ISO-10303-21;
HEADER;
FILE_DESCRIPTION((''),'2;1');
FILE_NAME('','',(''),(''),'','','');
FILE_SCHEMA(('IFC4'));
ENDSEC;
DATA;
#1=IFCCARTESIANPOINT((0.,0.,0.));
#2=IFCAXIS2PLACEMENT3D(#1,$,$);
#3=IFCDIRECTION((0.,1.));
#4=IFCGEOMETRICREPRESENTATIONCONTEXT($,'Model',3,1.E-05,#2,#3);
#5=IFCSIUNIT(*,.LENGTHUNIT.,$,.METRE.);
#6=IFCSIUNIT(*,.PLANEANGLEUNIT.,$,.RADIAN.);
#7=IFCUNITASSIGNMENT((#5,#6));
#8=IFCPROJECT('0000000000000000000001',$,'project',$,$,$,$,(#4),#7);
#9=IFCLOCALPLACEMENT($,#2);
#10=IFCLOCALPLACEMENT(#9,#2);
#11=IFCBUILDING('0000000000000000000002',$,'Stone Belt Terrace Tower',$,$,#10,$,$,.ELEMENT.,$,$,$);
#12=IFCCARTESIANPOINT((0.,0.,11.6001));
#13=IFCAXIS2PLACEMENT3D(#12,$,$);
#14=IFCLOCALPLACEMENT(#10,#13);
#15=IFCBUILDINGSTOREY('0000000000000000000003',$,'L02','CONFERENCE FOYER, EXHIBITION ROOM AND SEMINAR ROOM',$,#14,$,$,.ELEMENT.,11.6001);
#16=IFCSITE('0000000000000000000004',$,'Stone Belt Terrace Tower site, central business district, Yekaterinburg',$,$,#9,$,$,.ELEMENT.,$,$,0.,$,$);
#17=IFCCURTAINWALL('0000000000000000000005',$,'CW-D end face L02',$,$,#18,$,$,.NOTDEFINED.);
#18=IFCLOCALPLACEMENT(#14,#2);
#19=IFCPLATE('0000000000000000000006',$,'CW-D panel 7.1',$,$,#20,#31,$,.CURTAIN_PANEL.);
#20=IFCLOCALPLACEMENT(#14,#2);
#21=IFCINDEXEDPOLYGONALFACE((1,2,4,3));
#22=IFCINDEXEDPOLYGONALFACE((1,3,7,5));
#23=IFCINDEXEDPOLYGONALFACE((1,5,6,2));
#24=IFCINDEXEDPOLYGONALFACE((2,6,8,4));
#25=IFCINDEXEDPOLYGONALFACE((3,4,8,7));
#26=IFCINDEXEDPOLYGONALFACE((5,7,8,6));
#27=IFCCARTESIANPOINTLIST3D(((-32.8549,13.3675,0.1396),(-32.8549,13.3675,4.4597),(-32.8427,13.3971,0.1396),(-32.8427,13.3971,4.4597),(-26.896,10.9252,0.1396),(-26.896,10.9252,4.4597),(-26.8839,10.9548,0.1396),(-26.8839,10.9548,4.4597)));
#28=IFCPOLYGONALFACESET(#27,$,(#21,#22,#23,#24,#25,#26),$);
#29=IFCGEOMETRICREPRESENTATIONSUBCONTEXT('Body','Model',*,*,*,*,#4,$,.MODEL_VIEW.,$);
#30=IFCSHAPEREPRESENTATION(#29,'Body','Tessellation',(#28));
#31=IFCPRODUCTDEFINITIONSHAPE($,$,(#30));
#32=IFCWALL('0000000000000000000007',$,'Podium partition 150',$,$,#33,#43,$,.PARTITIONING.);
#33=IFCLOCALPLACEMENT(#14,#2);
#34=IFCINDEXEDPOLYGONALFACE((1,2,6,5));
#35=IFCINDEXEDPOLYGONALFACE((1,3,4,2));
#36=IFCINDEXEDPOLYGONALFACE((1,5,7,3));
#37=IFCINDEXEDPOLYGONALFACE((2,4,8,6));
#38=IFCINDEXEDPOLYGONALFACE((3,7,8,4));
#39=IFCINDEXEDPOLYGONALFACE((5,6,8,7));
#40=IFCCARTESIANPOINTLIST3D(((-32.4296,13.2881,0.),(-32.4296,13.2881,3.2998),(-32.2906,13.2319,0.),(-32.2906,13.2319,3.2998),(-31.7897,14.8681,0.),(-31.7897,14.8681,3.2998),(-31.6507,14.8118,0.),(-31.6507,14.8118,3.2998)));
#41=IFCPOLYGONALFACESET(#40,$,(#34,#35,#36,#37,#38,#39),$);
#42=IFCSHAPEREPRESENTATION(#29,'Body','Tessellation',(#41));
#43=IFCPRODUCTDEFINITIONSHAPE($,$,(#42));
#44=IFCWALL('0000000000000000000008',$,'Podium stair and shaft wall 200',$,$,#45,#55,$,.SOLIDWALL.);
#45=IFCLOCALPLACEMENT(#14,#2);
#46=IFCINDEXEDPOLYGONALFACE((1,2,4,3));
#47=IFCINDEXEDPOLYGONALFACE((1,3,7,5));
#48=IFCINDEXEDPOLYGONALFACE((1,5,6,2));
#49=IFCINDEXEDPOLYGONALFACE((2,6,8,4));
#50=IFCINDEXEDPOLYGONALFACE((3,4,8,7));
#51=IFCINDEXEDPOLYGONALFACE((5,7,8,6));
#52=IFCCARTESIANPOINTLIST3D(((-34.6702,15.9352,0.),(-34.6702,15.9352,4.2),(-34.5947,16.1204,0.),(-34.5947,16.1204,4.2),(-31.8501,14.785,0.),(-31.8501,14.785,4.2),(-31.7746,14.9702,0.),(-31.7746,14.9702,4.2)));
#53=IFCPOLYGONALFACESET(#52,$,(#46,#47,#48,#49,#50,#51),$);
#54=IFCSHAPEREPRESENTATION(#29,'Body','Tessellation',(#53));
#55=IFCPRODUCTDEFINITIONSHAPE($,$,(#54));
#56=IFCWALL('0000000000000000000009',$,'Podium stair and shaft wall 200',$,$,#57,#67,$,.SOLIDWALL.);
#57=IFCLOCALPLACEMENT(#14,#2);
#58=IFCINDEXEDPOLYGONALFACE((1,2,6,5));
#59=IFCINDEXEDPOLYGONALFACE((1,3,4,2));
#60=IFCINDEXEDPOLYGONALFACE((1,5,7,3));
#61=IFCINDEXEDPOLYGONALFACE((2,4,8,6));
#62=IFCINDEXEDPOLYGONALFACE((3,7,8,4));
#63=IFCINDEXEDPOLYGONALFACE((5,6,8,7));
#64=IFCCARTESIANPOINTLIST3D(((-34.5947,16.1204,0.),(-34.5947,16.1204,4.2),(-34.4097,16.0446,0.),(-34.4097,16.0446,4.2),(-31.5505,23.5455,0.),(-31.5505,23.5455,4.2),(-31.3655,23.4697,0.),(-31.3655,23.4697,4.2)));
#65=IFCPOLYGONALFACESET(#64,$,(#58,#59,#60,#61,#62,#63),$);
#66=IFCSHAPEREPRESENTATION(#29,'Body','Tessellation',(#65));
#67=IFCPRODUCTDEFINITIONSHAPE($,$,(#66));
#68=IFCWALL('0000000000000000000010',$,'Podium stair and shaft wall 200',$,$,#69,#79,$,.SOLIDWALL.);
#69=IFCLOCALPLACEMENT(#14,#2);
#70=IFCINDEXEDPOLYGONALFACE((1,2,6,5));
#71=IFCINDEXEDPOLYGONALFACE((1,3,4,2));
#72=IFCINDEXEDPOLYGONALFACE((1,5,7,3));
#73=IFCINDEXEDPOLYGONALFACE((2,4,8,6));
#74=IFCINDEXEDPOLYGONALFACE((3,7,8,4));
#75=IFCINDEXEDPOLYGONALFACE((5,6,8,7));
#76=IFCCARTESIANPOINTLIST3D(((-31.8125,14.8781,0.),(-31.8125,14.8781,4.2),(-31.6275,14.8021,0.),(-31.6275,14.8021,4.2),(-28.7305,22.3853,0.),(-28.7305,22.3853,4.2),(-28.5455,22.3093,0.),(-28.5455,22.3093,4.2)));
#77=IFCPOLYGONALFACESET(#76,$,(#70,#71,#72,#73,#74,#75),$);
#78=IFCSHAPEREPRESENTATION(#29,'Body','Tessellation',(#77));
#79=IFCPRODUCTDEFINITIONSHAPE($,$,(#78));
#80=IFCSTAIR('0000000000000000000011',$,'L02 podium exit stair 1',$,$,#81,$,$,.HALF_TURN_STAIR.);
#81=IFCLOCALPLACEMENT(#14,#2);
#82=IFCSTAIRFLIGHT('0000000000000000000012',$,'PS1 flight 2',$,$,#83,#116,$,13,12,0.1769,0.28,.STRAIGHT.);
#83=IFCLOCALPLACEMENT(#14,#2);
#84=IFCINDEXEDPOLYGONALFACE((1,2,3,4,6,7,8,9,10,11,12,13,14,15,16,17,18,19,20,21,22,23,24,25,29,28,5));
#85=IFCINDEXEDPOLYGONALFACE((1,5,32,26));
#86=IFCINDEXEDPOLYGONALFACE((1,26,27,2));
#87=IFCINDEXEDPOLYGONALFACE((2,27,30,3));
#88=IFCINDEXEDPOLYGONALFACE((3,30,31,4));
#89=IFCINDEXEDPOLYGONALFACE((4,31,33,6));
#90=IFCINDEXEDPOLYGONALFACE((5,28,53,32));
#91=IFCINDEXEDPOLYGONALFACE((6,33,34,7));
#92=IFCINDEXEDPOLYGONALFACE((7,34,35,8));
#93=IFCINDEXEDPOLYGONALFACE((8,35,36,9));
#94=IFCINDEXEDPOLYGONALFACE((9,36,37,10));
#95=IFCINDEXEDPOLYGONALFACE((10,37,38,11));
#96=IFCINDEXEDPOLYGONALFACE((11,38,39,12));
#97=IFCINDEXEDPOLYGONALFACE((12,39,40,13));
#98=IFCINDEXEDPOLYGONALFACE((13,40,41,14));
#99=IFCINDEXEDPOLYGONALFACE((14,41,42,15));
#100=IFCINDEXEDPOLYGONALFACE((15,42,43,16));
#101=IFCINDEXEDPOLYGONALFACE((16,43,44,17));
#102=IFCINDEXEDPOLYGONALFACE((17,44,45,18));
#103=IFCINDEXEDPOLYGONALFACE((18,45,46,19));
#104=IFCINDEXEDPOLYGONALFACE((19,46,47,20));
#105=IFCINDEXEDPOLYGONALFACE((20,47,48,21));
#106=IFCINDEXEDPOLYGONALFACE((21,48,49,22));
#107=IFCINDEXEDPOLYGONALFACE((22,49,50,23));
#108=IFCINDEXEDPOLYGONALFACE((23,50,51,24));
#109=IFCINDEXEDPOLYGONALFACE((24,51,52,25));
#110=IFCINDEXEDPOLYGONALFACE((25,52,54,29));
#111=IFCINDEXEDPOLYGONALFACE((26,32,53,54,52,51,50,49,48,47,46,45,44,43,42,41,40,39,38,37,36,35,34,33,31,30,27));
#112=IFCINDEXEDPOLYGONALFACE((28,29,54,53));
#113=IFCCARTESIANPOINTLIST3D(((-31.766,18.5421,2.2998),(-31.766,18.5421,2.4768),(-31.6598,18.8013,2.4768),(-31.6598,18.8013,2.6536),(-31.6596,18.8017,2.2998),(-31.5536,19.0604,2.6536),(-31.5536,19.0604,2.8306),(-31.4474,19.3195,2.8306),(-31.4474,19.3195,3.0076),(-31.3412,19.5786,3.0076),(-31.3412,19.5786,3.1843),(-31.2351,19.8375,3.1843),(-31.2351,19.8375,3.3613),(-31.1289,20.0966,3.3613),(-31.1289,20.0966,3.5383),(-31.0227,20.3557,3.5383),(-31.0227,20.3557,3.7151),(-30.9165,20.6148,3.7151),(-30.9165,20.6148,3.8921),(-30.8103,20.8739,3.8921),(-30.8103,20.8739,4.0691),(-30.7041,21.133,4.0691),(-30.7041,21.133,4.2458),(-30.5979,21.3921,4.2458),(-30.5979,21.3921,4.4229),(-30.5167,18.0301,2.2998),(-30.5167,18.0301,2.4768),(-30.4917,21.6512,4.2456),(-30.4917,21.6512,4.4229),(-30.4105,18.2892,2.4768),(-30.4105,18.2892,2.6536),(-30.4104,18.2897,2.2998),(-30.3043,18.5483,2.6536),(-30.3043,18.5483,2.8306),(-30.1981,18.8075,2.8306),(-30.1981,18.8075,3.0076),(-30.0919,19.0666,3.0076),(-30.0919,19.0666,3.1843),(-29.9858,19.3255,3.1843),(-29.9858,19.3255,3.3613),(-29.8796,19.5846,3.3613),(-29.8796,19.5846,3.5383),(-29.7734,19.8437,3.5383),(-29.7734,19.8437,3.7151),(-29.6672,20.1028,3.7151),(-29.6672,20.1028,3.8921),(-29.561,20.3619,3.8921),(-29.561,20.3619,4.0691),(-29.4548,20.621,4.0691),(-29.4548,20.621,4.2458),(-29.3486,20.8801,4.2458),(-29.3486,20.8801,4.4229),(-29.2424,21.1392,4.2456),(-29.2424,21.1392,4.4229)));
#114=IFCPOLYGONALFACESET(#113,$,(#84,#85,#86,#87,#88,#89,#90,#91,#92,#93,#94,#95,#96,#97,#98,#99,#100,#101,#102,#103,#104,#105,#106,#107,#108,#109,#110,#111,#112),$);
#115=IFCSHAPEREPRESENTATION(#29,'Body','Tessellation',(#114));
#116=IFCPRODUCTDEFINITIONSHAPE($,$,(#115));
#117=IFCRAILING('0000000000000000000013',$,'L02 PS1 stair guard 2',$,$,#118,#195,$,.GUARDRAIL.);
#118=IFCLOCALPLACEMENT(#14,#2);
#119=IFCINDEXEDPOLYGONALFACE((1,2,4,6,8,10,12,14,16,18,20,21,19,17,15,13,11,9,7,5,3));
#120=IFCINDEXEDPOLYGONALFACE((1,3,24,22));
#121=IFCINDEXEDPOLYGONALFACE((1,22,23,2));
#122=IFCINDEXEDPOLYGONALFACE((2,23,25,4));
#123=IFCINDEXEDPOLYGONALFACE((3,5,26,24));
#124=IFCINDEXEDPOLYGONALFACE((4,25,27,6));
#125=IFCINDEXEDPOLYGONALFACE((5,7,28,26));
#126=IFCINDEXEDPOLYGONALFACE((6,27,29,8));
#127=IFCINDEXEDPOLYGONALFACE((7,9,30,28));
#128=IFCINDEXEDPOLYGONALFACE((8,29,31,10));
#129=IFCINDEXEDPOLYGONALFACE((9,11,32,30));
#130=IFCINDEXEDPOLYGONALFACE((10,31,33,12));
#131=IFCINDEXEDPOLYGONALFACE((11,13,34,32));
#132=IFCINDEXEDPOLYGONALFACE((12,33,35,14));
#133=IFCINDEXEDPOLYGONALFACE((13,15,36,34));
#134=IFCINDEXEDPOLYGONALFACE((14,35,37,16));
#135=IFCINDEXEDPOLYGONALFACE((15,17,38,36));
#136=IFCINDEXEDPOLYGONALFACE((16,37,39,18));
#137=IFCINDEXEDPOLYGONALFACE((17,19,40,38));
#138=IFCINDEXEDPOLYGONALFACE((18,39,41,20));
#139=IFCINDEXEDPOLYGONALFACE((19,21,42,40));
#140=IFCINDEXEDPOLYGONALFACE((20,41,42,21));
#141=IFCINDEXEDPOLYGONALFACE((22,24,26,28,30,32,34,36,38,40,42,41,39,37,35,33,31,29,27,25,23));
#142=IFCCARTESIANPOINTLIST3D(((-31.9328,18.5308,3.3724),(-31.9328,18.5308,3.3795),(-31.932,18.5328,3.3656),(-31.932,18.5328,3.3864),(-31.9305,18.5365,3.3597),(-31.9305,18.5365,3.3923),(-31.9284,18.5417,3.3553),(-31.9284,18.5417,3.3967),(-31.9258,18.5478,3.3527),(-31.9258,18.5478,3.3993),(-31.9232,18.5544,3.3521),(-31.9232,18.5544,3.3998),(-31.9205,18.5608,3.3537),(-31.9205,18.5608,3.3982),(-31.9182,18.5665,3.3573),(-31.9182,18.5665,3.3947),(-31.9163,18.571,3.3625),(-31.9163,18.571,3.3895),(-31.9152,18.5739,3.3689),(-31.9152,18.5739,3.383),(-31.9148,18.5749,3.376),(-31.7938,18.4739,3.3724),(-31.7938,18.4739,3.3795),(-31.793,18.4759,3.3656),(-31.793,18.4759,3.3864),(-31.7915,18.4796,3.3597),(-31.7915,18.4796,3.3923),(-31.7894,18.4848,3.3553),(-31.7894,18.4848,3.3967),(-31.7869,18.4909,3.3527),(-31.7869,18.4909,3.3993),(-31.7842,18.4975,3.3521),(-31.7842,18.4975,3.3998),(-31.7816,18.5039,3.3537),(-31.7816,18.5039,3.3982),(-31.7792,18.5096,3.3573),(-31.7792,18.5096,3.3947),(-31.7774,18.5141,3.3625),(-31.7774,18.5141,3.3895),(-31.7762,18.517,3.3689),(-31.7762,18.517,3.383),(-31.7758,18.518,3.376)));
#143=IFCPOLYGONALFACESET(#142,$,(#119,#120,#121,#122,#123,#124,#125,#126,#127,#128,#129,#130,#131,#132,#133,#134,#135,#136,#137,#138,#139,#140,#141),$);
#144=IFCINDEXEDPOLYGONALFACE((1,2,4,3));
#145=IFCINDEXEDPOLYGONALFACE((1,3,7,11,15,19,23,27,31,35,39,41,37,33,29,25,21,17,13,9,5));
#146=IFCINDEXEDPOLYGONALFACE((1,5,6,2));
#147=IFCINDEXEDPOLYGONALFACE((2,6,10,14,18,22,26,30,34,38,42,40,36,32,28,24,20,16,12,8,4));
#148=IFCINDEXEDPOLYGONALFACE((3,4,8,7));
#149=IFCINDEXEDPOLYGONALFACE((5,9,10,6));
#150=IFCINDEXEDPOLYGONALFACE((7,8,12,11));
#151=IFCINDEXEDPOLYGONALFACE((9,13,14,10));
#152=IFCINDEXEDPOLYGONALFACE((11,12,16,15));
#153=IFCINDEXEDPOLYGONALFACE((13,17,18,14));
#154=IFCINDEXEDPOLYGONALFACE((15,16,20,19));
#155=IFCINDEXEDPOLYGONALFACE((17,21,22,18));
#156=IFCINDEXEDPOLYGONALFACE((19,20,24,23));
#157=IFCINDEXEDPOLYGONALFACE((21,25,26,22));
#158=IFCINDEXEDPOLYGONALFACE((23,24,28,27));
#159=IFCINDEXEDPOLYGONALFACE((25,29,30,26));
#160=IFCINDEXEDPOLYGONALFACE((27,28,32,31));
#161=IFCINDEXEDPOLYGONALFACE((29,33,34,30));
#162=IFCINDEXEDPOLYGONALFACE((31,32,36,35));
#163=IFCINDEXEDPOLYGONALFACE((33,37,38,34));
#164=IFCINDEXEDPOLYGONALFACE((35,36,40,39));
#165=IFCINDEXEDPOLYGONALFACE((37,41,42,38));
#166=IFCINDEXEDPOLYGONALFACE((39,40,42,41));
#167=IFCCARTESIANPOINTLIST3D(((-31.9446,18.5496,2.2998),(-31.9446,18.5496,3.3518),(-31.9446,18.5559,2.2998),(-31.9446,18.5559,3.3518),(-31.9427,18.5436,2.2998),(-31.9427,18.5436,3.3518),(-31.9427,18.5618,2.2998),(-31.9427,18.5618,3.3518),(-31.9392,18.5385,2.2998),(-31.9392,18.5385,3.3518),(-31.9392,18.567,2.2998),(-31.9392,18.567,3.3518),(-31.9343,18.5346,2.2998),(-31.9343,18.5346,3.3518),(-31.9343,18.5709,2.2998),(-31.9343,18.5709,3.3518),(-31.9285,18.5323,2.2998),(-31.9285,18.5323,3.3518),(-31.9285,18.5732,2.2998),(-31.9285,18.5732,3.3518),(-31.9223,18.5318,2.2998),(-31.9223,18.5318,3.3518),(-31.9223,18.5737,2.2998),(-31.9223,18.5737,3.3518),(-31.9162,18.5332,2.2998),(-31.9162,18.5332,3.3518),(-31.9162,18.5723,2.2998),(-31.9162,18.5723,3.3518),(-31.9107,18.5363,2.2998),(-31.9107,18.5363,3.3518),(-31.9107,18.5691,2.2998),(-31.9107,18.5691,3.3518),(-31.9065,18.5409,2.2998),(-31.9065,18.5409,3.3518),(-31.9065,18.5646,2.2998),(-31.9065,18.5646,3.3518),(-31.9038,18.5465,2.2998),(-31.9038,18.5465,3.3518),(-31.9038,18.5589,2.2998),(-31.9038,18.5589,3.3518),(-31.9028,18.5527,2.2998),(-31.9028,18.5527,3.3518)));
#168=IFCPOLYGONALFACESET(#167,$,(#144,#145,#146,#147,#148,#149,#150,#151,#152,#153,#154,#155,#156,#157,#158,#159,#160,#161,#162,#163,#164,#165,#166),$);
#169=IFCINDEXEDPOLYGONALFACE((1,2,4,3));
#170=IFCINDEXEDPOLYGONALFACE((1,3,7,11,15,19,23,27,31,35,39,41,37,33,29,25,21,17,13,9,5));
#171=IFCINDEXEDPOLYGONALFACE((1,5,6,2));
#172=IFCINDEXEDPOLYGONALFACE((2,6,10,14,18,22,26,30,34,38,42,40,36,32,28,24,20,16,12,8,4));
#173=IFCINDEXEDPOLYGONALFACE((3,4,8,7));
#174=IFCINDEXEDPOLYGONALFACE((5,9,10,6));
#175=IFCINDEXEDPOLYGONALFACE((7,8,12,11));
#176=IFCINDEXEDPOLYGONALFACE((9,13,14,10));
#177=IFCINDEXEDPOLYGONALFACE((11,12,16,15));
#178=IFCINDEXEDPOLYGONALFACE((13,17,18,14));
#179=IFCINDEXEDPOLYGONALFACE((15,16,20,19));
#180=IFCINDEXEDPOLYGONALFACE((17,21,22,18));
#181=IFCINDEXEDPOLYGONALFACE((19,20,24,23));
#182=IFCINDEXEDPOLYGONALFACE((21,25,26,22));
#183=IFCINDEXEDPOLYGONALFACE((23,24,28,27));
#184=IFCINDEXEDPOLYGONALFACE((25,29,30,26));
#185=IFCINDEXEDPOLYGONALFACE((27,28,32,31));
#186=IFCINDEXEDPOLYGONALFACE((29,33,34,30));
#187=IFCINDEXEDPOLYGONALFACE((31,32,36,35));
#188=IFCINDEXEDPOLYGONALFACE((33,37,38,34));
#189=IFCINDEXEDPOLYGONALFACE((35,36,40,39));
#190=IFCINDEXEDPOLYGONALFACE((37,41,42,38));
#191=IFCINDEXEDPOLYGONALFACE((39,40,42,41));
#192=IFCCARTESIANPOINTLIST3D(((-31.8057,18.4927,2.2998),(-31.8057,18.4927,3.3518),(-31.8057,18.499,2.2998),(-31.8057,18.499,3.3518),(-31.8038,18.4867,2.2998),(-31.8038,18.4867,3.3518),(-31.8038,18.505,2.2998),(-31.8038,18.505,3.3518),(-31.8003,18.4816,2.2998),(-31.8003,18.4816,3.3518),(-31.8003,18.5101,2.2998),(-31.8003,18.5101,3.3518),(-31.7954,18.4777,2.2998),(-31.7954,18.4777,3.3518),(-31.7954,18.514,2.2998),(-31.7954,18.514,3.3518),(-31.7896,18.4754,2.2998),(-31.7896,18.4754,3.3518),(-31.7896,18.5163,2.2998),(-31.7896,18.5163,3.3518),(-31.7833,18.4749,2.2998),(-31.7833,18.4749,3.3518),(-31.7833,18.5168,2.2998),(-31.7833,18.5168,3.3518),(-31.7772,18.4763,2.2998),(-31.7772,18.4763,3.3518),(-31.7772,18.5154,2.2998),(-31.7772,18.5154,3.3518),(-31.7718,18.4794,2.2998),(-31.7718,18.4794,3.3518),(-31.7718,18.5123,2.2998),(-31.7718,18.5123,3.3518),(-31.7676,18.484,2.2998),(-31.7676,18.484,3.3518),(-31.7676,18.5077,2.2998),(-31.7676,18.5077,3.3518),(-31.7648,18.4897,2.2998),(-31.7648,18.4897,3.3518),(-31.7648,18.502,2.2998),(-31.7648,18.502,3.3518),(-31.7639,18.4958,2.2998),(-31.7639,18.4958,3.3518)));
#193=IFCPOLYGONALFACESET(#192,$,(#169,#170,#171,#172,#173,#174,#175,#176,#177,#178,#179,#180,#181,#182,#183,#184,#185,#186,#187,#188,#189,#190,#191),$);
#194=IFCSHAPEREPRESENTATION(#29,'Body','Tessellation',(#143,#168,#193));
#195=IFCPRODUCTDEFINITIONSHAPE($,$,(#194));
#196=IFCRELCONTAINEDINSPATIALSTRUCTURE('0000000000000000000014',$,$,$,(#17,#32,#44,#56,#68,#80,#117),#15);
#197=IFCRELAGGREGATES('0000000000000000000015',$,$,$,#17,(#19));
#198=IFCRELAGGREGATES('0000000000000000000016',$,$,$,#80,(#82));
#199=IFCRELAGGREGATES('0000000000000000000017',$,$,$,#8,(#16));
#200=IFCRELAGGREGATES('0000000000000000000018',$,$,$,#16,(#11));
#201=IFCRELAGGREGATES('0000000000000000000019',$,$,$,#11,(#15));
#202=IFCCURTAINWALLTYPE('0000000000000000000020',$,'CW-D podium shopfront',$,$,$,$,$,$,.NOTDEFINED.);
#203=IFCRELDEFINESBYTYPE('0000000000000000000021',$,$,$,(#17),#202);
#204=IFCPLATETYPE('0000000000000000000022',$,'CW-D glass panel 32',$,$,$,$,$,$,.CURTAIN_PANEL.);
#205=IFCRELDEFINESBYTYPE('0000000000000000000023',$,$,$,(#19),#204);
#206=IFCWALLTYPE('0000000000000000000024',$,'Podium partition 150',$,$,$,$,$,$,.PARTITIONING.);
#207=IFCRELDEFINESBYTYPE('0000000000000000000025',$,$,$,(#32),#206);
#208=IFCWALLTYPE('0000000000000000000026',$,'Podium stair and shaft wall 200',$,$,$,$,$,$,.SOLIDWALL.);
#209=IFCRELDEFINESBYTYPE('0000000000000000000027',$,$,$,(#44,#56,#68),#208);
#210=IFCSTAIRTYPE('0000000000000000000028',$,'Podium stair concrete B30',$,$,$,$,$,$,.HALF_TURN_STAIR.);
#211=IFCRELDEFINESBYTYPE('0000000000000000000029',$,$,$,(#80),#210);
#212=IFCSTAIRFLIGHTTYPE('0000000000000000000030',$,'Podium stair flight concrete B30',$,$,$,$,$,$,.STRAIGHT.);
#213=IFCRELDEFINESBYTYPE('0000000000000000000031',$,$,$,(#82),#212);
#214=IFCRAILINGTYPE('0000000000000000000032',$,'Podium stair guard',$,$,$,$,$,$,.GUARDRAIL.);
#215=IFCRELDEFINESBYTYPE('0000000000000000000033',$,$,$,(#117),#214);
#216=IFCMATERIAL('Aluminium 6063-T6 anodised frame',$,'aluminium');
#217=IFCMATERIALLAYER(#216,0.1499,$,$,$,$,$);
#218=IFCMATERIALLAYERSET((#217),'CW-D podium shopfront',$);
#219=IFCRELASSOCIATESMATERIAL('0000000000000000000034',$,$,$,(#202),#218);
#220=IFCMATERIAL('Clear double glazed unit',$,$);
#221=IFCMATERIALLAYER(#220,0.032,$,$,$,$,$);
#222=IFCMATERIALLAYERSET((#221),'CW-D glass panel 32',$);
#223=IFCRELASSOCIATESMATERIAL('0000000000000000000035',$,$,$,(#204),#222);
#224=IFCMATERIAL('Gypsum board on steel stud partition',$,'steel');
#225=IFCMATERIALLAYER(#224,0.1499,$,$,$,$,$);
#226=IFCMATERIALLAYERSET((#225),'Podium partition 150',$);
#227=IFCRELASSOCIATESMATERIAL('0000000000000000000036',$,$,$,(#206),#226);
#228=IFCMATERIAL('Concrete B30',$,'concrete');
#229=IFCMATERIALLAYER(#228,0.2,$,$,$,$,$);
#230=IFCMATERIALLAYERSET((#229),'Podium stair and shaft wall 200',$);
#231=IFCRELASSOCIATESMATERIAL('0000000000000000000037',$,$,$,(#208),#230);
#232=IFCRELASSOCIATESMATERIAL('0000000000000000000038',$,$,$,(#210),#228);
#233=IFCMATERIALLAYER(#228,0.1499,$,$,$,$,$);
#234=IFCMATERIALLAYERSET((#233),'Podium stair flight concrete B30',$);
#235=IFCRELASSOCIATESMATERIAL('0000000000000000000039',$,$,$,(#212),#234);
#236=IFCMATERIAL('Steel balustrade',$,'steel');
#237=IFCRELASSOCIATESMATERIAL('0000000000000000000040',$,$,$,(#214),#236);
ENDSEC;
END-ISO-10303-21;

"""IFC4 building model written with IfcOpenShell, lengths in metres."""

from ifc_helpers import new_model, si_unit, direction, frame, frame_2d, origin, origin_2d, place, context, subcontext, project, spatial, polyline, rectangle, circle, outline, extrude, material, layer, layer_set, type_object, element, aggregate, save


model = new_model("IFC4")

# Units and contexts
model_context = context("Model", 3, precision=1e-05, world=origin(), true_north=direction((0.0, 1.0)))
body_context = subcontext(model_context, "Body", "Model", "MODEL_VIEW")
ifc_project = project(units=[si_unit("LENGTHUNIT", "METRE"), si_unit("PLANEANGLEUNIT", "RADIAN")], contexts=[model_context])

# Site, building, storey
site_placement = place(None, origin())
site = spatial("IfcSite", under=ifc_project, at=site_placement, Name="Stone Belt Terrace Tower site, central business district, Yekaterinburg", CompositionType="ELEMENT", RefElevation=0.0)
building_placement = place(site_placement, origin())
building = spatial("IfcBuilding", under=site, at=building_placement, Name="Stone Belt Terrace Tower", CompositionType="ELEMENT")
storey_placement = place(building_placement, frame((0.0, 0.0, 11.6001)))
storey = spatial("IfcBuildingStorey", under=building, at=storey_placement, Name="L02", Description="CONFERENCE FOYER, EXHIBITION ROOM AND SEMINAR ROOM", CompositionType="ELEMENT", Elevation=11.6001)

# Curtain wall
ifc_material_1 = material(Name="Aluminium 6063-T6 anodised frame", Category="aluminium")
ifc_layer_1 = layer(ifc_material_1, 0.1499)
ifc_layer_set_1 = layer_set([ifc_layer_1], Name="CW-D podium shopfront")
curtain_wall_type = type_object("IfcCurtainWallType", Name="CW-D podium shopfront", PredefinedType="NOTDEFINED", material=ifc_layer_set_1)
curtain_wall_placement = place(storey_placement, origin())
curtain_wall = element("IfcCurtainWall", 1, at=curtain_wall_placement, inside=storey, type_object=curtain_wall_type, Name="CW-D end face L02", PredefinedType="NOTDEFINED")

# Plate
ifc_material_2 = material(Name="Clear double glazed unit")
ifc_layer_2 = layer(ifc_material_2, 0.032)
ifc_layer_set_2 = layer_set([ifc_layer_2], Name="CW-D glass panel 32")
plate_type = type_object("IfcPlateType", Name="CW-D glass panel 32", PredefinedType="CURTAIN_PANEL", material=ifc_layer_set_2)
plate_1_placement = place(storey_placement, frame((-29.8694, 12.1611, 0.1396), z_axis=(0.0, 0.0, 1.0), x_axis=(0.925297, -0.379243, 0.0)))
plate_1 = element("IfcPlate", 2, at=plate_1_placement, type_object=plate_type, Name="CW-D panel 7.1", PredefinedType="CURTAIN_PANEL", context=body_context, shape_type="SweptSolid", body=[
    extrude(rectangle(XDim=6.4399, YDim=0.032, at=origin_2d()), origin(), (0.0, 0.0, 1.0), 4.3201),
])
aggregate(curtain_wall, [plate_1])

# Walls
ifc_material_3 = material(Name="Gypsum board on steel stud partition", Category="steel")
ifc_layer_3 = layer(ifc_material_3, 0.1499)
ifc_layer_set_3 = layer_set([ifc_layer_3], Name="Podium partition 150")
wall_type_1 = type_object("IfcWallType", Name="Podium partition 150", PredefinedType="PARTITIONING", material=ifc_layer_set_3)
wall_1_placement = place(storey_placement, frame((-32.3601, 13.26, 0.0), z_axis=(0.0, 0.0, 1.0), x_axis=(0.375413, 0.926858, 0.0)))
element("IfcWall", 3, at=wall_1_placement, inside=storey, type_object=wall_type_1, Name="Podium partition 150", PredefinedType="PARTITIONING", context=body_context, shape_type="SweptSolid", body=[
    extrude(rectangle(XDim=1.7046, YDim=0.1499, at=frame_2d((0.8523, 0.0))), origin(), (0.0, 0.0, 1.0), 3.2998),
])
ifc_material_4 = material(Name="Concrete B30", Category="concrete")
ifc_layer_4 = layer(ifc_material_4, 0.2)
ifc_layer_set_4 = layer_set([ifc_layer_4], Name="Podium stair and shaft wall 200")
wall_type_2 = type_object("IfcWallType", Name="Podium stair and shaft wall 200", PredefinedType="SOLIDWALL", material=ifc_layer_set_4)
wall_2_placement = place(storey_placement, frame((-34.6326, 16.0278, 0.0), z_axis=(0.0, 0.0, 1.0), x_axis=(0.925951, -0.377643, 0.0)))
element("IfcWall", 4, at=wall_2_placement, inside=storey, type_object=wall_type_2, Name="Podium stair and shaft wall 200", PredefinedType="SOLIDWALL", context=body_context, shape_type="SweptSolid", body=[
    extrude(rectangle(XDim=3.0457, YDim=0.2, at=frame_2d((1.5229, 0.0))), origin(), (0.0, 0.0, 1.0), 4.2),
])
wall_3_placement = place(storey_placement, frame((-34.5022, 16.0825, 0.0), z_axis=(0.0, 0.0, 1.0), x_axis=(0.379345, 0.925255, 0.0)))
element("IfcWall", 5, at=wall_3_placement, inside=storey, type_object=wall_type_2, Name="Podium stair and shaft wall 200", PredefinedType="SOLIDWALL", context=body_context, shape_type="SweptSolid", body=[
    extrude(rectangle(XDim=8.0249, YDim=0.2, at=frame_2d((4.0125, 0.0))), origin(), (0.0, 0.0, 1.0), 4.2),
])
wall_4_placement = place(storey_placement, frame((-31.72, 14.8401, 0.0), z_axis=(0.0, 0.0, 1.0), x_axis=(0.379778, 0.925078, 0.0)))
element("IfcWall", 6, at=wall_4_placement, inside=storey, type_object=wall_type_2, Name="Podium stair and shaft wall 200", PredefinedType="SOLIDWALL", context=body_context, shape_type="SweptSolid", body=[
    extrude(rectangle(XDim=8.1152, YDim=0.2, at=frame_2d((4.0576, 0.0))), origin(), (0.0, 0.0, 1.0), 4.2),
])

# Stair, stair flight
stair_type = type_object("IfcStairType", Name="Podium stair concrete B30", PredefinedType="HALF_TURN_STAIR", material=ifc_material_4)
stair_placement = place(storey_placement, origin())
stair = element("IfcStair", 7, at=stair_placement, inside=storey, type_object=stair_type, Name="L02 podium exit stair 1", PredefinedType="HALF_TURN_STAIR")
ifc_layer_5 = layer(ifc_material_4, 0.1499)
ifc_layer_set_5 = layer_set([ifc_layer_5], Name="Podium stair flight concrete B30")
stair_flight_type = type_object("IfcStairFlightType", Name="Podium stair flight concrete B30", PredefinedType="STRAIGHT", material=ifc_layer_set_5)
stair_flight_placement = place(storey_placement, frame((-31.1414, 18.2861, 2.2998), z_axis=(0.0, 0.0, 1.0), x_axis=(0.379243, 0.925297, 0.0)))
stair_flight = element("IfcStairFlight", 8, at=stair_flight_placement, type_object=stair_flight_type, Name="PS1 flight 2", NumberOfRisers=13, NumberOfTreads=12, PredefinedType="STRAIGHT", RiserHeight=0.1769, TreadLength=0.28, context=body_context, shape_type="SweptSolid", body=[
    extrude(outline(polyline([(0.0, 0.0), (0.0, 0.177), (0.28, 0.177), (0.28, 0.3538), (0.5601, 0.3538), (0.5601, 0.5308), (0.8401, 0.5308), (0.8401, 0.7078), (1.1201, 0.7078), (1.1201, 0.8845), (1.3999, 0.8845), (1.3999, 1.0615), (1.6799, 1.0615), (1.6799, 1.2385), (1.96, 1.2385), (1.96, 1.4153), (2.24, 1.4153), (2.24, 1.5923), (2.52, 1.5923), (2.52, 1.7693), (2.8, 1.7693), (2.8, 1.946), (3.0801, 1.946), (3.0801, 2.123), (3.3601, 2.123), (3.3601, 2.3), (3.3601, 1.9458), (0.2805, 0.0), (0.0, 0.0)])), frame((0.0, 0.675, 0.0), z_axis=(0.0, -1.0, 0.0), x_axis=(1.0, 0.0, 0.0)), (0.0, 0.0, 1.0), 1.3501),
])
aggregate(stair, [stair_flight])

# Railing
ifc_material_5 = material(Name="Steel balustrade", Category="steel")
railing_type_1 = type_object("IfcRailingType", Name="Podium stair guard", PredefinedType="GUARDRAIL", material=ifc_material_5)
railing_1_placement = place(storey_placement, frame((-31.9238, 18.5527, 2.2998)))
element("IfcRailing", 9, at=railing_1_placement, inside=storey, type_object=railing_type_1, Name="L02 PS1 stair guard 2", PredefinedType="GUARDRAIL", context=body_context, shape_type="SweptSolid", body=[
    extrude(circle(Radius=0.0239, at=origin_2d()), frame((0.0, 0.0, 1.0762), z_axis=(0.925417, -0.378949, 0.0), x_axis=(0.378949, 0.925417, 0.0)), (0.0, 0.0, 1.0), 0.1501),
    extrude(circle(Radius=0.021, at=origin_2d()), origin(), (0.0, 0.0, 1.0), 1.052),
    extrude(circle(Radius=0.021, at=origin_2d()), frame((0.1389, -0.0569, 0.0)), (0.0, 0.0, 1.0), 1.052),
])

save(model, "model.ifc")
